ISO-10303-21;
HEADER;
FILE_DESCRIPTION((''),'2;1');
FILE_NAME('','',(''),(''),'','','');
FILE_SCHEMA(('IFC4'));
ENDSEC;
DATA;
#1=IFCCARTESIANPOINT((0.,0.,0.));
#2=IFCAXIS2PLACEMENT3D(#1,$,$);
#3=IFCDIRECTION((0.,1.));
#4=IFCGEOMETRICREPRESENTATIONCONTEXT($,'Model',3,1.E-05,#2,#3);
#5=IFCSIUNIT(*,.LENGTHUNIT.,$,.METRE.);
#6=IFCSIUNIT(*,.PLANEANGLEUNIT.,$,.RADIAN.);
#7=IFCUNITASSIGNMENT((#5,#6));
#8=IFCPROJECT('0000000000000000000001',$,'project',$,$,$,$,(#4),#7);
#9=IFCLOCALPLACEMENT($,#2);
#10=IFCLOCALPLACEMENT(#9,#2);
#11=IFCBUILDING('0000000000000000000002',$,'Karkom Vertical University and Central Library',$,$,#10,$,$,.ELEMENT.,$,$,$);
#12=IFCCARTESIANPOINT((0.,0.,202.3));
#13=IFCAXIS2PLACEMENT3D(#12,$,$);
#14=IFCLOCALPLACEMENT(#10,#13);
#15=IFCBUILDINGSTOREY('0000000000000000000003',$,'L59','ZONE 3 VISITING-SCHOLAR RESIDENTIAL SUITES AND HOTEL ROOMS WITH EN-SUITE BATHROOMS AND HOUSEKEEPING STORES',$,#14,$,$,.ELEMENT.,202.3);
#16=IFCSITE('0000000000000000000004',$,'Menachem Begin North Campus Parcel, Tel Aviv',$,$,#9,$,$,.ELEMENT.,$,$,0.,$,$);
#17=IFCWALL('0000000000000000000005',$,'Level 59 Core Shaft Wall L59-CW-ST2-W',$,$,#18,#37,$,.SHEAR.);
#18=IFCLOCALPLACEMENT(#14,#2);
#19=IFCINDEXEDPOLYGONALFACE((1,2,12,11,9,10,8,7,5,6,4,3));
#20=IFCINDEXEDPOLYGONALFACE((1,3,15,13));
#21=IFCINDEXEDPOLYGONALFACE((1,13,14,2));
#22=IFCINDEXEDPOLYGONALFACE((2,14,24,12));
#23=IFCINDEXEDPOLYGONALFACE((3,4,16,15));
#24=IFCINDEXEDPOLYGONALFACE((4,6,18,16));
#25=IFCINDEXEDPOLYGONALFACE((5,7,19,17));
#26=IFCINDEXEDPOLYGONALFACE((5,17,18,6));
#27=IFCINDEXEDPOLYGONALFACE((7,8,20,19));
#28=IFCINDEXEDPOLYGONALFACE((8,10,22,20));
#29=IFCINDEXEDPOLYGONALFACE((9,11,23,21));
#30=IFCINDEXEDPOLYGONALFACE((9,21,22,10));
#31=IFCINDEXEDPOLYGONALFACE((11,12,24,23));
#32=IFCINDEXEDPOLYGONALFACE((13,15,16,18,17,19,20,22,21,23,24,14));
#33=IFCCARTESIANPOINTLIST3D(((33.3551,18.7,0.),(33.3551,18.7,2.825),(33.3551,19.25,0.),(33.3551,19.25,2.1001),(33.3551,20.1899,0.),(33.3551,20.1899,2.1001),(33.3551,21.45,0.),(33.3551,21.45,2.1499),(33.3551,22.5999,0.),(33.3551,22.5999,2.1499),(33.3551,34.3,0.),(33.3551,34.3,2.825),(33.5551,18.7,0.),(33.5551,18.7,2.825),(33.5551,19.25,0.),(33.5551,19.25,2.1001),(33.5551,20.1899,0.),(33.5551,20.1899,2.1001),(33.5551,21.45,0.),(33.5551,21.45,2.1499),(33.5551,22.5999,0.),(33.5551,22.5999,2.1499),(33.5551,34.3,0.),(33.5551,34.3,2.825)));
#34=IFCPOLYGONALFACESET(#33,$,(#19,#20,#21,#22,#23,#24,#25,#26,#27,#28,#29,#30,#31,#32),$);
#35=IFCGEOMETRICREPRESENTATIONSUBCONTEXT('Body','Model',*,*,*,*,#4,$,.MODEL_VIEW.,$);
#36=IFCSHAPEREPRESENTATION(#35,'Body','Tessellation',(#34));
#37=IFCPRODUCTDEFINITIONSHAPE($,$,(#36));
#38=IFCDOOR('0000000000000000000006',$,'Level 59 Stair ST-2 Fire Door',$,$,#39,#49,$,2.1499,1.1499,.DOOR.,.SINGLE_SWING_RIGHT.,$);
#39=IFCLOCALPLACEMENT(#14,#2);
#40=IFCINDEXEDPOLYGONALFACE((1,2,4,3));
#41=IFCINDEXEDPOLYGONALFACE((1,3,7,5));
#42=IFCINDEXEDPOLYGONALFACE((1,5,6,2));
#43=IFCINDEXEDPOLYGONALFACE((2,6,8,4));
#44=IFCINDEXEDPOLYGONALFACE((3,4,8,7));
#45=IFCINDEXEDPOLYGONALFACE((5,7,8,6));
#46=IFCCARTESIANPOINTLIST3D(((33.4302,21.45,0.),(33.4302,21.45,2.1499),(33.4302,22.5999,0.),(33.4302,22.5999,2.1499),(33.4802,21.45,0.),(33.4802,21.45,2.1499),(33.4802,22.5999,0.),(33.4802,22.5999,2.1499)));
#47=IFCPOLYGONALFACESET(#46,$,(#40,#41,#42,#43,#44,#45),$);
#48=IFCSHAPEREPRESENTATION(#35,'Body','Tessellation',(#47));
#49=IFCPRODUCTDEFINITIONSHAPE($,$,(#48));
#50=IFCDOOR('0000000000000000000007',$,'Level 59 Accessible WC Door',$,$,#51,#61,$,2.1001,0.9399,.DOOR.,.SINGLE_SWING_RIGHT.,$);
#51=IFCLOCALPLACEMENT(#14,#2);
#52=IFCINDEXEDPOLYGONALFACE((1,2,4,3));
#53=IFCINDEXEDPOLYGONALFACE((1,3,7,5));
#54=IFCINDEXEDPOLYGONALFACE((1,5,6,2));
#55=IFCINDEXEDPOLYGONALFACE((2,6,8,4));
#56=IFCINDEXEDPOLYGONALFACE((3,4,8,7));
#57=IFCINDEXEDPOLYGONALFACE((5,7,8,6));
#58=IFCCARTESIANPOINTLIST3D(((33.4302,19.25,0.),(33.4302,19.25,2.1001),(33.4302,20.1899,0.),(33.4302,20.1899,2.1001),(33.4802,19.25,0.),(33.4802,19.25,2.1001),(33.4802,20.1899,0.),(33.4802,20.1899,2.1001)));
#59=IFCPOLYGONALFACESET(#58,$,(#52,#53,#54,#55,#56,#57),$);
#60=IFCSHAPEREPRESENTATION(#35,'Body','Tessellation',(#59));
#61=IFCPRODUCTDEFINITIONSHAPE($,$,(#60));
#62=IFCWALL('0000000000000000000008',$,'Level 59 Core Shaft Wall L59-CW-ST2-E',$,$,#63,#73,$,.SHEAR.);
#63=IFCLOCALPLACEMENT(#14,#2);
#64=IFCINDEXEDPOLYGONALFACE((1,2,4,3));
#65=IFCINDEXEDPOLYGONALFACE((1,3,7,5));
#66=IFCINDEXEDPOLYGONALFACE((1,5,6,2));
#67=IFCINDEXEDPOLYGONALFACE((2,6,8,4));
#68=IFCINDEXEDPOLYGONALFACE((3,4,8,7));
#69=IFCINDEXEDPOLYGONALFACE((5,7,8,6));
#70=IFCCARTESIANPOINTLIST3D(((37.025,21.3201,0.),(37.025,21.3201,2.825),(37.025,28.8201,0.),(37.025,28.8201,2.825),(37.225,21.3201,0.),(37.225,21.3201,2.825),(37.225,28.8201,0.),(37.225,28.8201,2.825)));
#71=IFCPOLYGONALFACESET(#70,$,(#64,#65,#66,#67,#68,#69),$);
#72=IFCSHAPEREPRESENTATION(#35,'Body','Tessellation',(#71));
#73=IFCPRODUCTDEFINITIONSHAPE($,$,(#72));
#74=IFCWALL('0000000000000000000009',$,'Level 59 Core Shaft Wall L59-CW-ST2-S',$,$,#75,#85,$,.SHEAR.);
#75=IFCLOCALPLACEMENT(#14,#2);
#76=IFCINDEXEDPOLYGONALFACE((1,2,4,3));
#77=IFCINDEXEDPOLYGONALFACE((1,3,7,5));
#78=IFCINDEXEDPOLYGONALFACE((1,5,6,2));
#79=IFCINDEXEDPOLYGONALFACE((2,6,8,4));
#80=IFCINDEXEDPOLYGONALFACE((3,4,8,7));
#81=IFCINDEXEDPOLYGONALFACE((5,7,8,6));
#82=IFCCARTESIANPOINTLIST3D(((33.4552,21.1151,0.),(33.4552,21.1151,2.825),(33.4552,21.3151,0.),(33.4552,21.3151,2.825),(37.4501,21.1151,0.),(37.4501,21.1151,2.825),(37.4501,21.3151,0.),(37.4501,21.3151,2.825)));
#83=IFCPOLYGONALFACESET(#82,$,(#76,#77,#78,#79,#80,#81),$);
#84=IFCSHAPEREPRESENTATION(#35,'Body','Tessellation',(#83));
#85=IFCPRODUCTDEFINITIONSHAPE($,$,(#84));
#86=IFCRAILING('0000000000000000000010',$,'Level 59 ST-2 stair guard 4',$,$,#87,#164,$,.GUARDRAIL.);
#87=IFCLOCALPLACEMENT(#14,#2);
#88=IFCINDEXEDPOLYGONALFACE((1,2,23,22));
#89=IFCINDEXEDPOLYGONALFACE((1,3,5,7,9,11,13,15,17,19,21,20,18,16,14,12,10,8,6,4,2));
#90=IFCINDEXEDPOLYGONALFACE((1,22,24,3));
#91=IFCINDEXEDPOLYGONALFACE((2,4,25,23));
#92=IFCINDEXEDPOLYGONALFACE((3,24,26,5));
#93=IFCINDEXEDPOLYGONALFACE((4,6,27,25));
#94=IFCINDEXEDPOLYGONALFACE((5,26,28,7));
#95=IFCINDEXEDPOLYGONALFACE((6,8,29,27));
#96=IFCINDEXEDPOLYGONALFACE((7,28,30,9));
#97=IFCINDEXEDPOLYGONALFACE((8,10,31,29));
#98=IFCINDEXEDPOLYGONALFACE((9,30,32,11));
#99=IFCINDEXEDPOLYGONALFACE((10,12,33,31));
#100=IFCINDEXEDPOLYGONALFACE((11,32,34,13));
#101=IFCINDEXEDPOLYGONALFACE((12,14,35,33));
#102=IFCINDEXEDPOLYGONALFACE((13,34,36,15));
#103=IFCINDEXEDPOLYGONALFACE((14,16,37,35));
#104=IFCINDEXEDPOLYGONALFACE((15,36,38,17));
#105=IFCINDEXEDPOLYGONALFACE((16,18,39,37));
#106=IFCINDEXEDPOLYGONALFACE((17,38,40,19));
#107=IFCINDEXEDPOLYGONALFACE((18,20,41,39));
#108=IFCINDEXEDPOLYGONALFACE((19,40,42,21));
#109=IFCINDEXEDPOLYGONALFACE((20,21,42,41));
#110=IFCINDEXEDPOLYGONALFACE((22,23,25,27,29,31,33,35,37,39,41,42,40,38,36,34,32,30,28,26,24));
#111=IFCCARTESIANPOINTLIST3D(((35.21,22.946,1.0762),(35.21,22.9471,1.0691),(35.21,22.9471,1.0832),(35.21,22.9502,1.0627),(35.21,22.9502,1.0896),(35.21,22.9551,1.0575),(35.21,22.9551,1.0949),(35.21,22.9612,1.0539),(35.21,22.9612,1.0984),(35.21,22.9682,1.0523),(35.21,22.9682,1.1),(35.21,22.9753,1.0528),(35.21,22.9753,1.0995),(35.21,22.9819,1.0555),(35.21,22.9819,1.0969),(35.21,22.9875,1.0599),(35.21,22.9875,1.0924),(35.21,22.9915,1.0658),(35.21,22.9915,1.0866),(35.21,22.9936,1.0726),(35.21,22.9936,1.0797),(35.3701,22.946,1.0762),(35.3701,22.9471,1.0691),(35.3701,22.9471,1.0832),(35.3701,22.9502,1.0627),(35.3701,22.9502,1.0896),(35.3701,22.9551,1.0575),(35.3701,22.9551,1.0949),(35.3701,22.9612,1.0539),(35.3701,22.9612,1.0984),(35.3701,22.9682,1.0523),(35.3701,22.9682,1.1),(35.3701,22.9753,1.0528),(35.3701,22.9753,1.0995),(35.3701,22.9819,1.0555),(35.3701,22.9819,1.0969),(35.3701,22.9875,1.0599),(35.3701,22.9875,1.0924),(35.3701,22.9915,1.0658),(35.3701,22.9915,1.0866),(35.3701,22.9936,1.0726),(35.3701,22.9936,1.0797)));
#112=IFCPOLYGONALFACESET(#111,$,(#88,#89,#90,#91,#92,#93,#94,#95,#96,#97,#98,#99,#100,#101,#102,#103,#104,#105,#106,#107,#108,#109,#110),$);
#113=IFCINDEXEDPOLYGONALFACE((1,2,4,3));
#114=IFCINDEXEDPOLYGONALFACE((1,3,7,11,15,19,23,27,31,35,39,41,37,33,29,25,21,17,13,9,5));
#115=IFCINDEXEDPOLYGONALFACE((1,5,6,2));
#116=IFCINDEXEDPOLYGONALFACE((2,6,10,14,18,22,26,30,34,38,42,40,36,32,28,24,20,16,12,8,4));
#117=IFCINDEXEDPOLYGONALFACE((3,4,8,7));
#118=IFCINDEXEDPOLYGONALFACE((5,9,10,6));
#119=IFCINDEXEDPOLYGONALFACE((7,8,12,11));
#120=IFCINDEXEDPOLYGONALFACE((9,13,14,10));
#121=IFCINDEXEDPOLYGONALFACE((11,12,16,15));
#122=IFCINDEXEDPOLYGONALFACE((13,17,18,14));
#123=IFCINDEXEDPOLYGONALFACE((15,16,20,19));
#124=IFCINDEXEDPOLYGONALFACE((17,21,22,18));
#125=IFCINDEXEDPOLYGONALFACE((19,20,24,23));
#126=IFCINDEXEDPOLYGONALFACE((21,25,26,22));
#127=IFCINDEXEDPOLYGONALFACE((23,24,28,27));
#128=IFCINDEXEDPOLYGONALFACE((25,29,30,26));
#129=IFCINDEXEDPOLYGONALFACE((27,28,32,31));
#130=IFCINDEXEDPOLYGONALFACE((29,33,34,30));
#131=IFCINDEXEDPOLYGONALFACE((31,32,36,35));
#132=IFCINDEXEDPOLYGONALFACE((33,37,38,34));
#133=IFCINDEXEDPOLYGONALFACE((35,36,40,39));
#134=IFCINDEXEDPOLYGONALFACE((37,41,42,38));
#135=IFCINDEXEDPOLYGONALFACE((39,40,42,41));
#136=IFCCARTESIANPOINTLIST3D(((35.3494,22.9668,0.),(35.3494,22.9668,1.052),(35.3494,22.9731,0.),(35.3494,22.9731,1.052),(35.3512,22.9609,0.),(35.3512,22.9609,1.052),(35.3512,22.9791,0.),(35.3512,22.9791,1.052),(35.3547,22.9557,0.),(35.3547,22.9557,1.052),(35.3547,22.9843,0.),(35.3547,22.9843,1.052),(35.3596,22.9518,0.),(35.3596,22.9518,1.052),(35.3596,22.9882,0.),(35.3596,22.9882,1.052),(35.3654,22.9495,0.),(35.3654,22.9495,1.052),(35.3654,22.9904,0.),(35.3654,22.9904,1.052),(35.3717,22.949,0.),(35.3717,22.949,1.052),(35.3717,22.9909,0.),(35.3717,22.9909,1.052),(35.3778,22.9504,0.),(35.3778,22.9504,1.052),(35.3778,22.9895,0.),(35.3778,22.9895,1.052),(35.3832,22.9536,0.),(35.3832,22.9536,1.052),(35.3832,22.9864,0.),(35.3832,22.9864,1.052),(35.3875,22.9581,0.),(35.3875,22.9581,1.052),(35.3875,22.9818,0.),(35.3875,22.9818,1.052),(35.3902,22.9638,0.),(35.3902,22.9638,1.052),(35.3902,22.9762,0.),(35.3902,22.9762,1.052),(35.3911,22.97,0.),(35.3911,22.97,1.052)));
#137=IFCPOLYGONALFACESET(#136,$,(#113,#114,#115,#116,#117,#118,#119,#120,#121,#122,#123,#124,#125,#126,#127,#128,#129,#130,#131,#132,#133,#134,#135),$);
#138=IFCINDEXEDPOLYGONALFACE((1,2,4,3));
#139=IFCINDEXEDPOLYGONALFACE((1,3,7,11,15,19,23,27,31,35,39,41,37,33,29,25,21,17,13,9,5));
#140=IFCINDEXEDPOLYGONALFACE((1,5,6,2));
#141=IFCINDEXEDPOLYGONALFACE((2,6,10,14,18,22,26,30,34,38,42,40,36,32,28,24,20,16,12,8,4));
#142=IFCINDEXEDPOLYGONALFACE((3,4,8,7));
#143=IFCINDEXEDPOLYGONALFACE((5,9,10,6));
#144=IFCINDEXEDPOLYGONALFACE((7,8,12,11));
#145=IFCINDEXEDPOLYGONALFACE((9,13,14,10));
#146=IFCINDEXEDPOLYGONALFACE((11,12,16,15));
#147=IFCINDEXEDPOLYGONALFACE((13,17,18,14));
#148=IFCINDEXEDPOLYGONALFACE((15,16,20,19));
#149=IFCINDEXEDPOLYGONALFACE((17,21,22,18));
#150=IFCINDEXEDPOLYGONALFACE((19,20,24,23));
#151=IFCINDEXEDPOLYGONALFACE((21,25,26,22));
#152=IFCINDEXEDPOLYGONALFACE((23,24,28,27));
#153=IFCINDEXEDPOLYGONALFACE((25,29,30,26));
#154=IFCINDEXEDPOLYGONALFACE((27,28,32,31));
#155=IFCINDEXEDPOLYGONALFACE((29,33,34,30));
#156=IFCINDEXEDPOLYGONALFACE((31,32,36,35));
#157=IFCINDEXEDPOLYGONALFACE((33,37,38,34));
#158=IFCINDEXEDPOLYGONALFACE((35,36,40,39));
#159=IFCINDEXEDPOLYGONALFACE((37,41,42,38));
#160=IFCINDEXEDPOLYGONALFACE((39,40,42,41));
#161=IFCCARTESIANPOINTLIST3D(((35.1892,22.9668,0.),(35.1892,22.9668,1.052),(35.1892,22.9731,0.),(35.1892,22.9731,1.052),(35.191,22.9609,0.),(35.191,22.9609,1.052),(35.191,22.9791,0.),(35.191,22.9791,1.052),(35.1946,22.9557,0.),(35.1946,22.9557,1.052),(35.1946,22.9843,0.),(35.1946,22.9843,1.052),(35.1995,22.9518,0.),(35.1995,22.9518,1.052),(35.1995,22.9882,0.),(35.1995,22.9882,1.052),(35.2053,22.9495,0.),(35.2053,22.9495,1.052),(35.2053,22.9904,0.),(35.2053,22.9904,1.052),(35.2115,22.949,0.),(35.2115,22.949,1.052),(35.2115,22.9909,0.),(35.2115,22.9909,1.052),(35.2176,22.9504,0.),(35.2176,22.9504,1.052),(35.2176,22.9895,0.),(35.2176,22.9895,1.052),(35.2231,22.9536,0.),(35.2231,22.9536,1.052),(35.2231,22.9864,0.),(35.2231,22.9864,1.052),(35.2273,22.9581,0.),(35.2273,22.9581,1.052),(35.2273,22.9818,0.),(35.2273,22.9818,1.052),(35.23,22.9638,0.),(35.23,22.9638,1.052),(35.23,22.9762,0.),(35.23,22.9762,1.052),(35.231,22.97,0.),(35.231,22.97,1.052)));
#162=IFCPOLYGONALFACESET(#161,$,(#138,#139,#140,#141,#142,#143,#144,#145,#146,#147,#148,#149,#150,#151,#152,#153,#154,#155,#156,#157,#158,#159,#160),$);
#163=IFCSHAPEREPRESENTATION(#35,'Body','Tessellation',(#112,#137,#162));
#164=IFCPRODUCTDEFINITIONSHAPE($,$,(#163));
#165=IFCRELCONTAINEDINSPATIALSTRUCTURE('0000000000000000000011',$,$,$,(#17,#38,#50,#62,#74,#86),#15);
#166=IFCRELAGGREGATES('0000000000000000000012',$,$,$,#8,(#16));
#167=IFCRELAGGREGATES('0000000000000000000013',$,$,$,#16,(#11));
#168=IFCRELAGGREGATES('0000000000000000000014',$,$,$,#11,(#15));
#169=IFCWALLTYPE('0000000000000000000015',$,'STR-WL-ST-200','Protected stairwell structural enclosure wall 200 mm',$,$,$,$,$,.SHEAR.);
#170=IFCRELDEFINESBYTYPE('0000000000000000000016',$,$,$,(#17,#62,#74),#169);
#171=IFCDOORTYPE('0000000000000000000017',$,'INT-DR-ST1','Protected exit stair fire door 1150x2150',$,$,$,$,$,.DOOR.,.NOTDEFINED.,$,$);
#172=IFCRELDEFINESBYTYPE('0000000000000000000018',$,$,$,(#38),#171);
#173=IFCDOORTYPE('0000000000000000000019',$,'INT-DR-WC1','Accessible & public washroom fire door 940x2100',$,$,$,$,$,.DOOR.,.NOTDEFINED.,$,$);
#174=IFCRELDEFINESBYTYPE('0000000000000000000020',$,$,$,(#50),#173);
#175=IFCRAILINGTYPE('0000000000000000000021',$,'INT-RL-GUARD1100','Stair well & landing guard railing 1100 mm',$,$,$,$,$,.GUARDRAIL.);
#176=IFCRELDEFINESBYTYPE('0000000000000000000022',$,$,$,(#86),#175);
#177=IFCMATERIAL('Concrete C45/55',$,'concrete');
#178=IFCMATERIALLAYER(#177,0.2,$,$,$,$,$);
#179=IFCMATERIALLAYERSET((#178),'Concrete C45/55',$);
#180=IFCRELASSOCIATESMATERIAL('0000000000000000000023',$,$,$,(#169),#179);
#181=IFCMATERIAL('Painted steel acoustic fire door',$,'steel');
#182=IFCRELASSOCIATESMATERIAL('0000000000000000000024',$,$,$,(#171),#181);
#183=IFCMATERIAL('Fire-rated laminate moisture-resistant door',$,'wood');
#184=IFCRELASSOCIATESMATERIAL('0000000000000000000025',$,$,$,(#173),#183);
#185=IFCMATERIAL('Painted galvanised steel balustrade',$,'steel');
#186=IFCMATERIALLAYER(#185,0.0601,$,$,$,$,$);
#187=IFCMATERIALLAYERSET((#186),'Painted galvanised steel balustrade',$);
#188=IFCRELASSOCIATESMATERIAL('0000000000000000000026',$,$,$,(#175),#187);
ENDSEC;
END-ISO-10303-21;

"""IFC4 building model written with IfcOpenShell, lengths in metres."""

from ifc_helpers import new_model, si_unit, direction, frame, frame_2d, origin, origin_with_axes, origin_2d, place, context, subcontext, project, spatial, rectangle, circle, extrude, source, transform, mapped, material, layer, layer_set, type_object, element, fill, save


model = new_model("IFC4")

# Units and contexts
model_context = context("Model", 3, precision=1e-05, world=origin(), true_north=direction((0.0, 1.0)))
body_context = subcontext(model_context, "Body", "Model", "MODEL_VIEW")
ifc_project = project(units=[si_unit("LENGTHUNIT", "METRE"), si_unit("PLANEANGLEUNIT", "RADIAN")], contexts=[model_context])

# Site, building, storey
site_placement = place(None, origin())
site = spatial("IfcSite", under=ifc_project, at=site_placement, Name="Menachem Begin North Campus Parcel, Tel Aviv", CompositionType="ELEMENT", RefElevation=0.0)
building_placement = place(site_placement, origin())
building = spatial("IfcBuilding", under=site, at=building_placement, Name="Karkom Vertical University and Central Library", CompositionType="ELEMENT")
storey_placement = place(building_placement, frame((0.0, 0.0, 202.3)))
storey = spatial("IfcBuildingStorey", under=building, at=storey_placement, Name="L59", Description="ZONE 3 VISITING-SCHOLAR RESIDENTIAL SUITES AND HOTEL ROOMS WITH EN-SUITE BATHROOMS AND HOUSEKEEPING STORES", CompositionType="ELEMENT", Elevation=202.3)

# Wall, openings, doors
ifc_material_1 = material(Name="Concrete C45/55", Category="concrete")
ifc_layer_1 = layer(ifc_material_1, 0.2)
ifc_layer_set_1 = layer_set([ifc_layer_1], Name="Concrete C45/55")
wall_type_1 = type_object("IfcWallType", Name="STR-WL-ST-200", Description="Protected stairwell structural enclosure wall 200 mm", PredefinedType="SHEAR", material=ifc_layer_set_1)
wall_1_placement = place(storey_placement, frame((33.4551, 18.7, 0.0), z_axis=(0.0, 0.0, 1.0), x_axis=(0.0, 1.0, 0.0)))
wall_1 = element("IfcWall", 1, at=wall_1_placement, inside=storey, type_object=wall_type_1, Name="Level 59 Core Shaft Wall L59-CW-ST2-W", PredefinedType="SHEAR", context=body_context, shape_type="SweptSolid", body=[
    extrude(rectangle(XDim=15.6001, YDim=0.2, at=frame_2d((7.8, 0.0))), origin(), (0.0, 0.0, 1.0), 2.825),
])
opening_1_placement = place(wall_1_placement, frame((2.75, 0.0, 0.0)))
opening_1 = element("IfcOpeningElement", 2, at=opening_1_placement, cuts=wall_1, PredefinedType="OPENING", context=body_context, shape_type="SweptSolid", body=[
    extrude(rectangle(XDim=1.1499, YDim=2.1499, at=frame_2d((0.575, 1.075))), frame((0.0, 0.1099, 0.0), z_axis=(0.0, -1.0, 0.0), x_axis=(1.0, 0.0, 0.0)), (0.0, 0.0, 1.0), 0.22),
])
opening_2_placement = place(wall_1_placement, frame((0.55, 0.0, 0.0)))
opening_2 = element("IfcOpeningElement", 3, at=opening_2_placement, cuts=wall_1, PredefinedType="OPENING", context=body_context, shape_type="SweptSolid", body=[
    extrude(rectangle(XDim=0.9399, YDim=2.1001, at=frame_2d((0.47, 1.05))), frame((0.0, 0.1099, 0.0), z_axis=(0.0, -1.0, 0.0), x_axis=(1.0, 0.0, 0.0)), (0.0, 0.0, 1.0), 0.22),
])
ifc_material_2 = material(Name="Painted steel acoustic fire door", Category="steel")
door_type_1 = type_object("IfcDoorType", Name="INT-DR-ST1", Description="Protected exit stair fire door 1150x2150", OperationType="NOTDEFINED", PredefinedType="DOOR", material=ifc_material_2)
shared_shape_1 = source(origin_with_axes(), body_context, "Body", "SweptSolid", [
    extrude(rectangle(XDim=1.1499, YDim=2.1499, at=frame_2d((0.575, 1.075))), frame((0.0, 0.0249, 0.0), z_axis=(0.0, -1.0, 0.0), x_axis=(1.0, 0.0, 0.0)), (0.0, 0.0, 1.0), 0.05),
])
door_1_placement = place(opening_1_placement, origin())
door_1 = element("IfcDoor", 4, at=door_1_placement, inside=storey, type_object=door_type_1, Name="Level 59 Stair ST-2 Fire Door", OperationType="SINGLE_SWING_RIGHT", OverallHeight=2.1499, OverallWidth=1.1499, PredefinedType="DOOR", context=body_context, shape_type="MappedRepresentation", body=[
    mapped(shared_shape_1, transform((0.0, 0.0, 0.0), scale=1.0)),
])
fill(opening_1, door_1)
ifc_material_3 = material(Name="Fire-rated laminate moisture-resistant door", Category="wood")
door_type_2 = type_object("IfcDoorType", Name="INT-DR-WC1", Description="Accessible & public washroom fire door 940x2100", OperationType="NOTDEFINED", PredefinedType="DOOR", material=ifc_material_3)
shared_shape_2 = source(origin_with_axes(), body_context, "Body", "SweptSolid", [
    extrude(rectangle(XDim=0.9399, YDim=2.1001, at=frame_2d((0.47, 1.05))), frame((0.0, 0.0249, 0.0), z_axis=(0.0, -1.0, 0.0), x_axis=(1.0, 0.0, 0.0)), (0.0, 0.0, 1.0), 0.05),
])
door_2_placement = place(opening_2_placement, origin())
door_2 = element("IfcDoor", 5, at=door_2_placement, inside=storey, type_object=door_type_2, Name="Level 59 Accessible WC Door", OperationType="SINGLE_SWING_RIGHT", OverallHeight=2.1001, OverallWidth=0.9399, PredefinedType="DOOR", context=body_context, shape_type="MappedRepresentation", body=[
    mapped(shared_shape_2, transform((0.0, 0.0, 0.0), scale=1.0)),
])
fill(opening_2, door_2)

# Walls
wall_2_placement = place(storey_placement, frame((37.125, 21.3201, 0.0), z_axis=(0.0, 0.0, 1.0), x_axis=(0.0, 1.0, 0.0)))
element("IfcWall", 6, at=wall_2_placement, inside=storey, type_object=wall_type_1, Name="Level 59 Core Shaft Wall L59-CW-ST2-E", PredefinedType="SHEAR", context=body_context, shape_type="SweptSolid", body=[
    extrude(rectangle(XDim=7.5, YDim=0.2, at=frame_2d((3.75, 0.0))), origin(), (0.0, 0.0, 1.0), 2.825),
])
wall_3_placement = place(storey_placement, frame((33.4551, 21.2151, 0.0), z_axis=(0.0, 0.0, 1.0), x_axis=(1.0, 0.0, 0.0)))
element("IfcWall", 7, at=wall_3_placement, inside=storey, type_object=wall_type_1, Name="Level 59 Core Shaft Wall L59-CW-ST2-S", PredefinedType="SHEAR", context=body_context, shape_type="SweptSolid", body=[
    extrude(rectangle(XDim=3.9949, YDim=0.2, at=frame_2d((1.9976, 0.0))), origin(), (0.0, 0.0, 1.0), 2.825),
])

# Railing
ifc_material_4 = material(Name="Painted galvanised steel balustrade", Category="steel")
ifc_layer_2 = layer(ifc_material_4, 0.0601)
ifc_layer_set_2 = layer_set([ifc_layer_2], Name="Painted galvanised steel balustrade")
railing_type = type_object("IfcRailingType", Name="INT-RL-GUARD1100", Description="Stair well & landing guard railing 1100 mm", PredefinedType="GUARDRAIL", material=ifc_layer_set_2)
railing_placement = place(storey_placement, frame((35.3701, 22.97, 0.0)))
element("IfcRailing", 8, at=railing_placement, inside=storey, type_object=railing_type, Name="Level 59 ST-2 stair guard 4", PredefinedType="GUARDRAIL", context=body_context, shape_type="SweptSolid", body=[
    extrude(circle(Radius=0.0239, at=origin_2d()), frame((0.0, 0.0, 1.0762), z_axis=(-1.0, 0.0, 0.0), x_axis=(0.0, -1.0, 0.0)), (0.0, 0.0, 1.0), 0.1602),
    extrude(circle(Radius=0.021, at=origin_2d()), origin(), (0.0, 0.0, 1.0), 1.052),
    extrude(circle(Radius=0.021, at=origin_2d()), frame((-0.1602, 0.0, 0.0)), (0.0, 0.0, 1.0), 1.052),
])

save(model, "model.ifc")
